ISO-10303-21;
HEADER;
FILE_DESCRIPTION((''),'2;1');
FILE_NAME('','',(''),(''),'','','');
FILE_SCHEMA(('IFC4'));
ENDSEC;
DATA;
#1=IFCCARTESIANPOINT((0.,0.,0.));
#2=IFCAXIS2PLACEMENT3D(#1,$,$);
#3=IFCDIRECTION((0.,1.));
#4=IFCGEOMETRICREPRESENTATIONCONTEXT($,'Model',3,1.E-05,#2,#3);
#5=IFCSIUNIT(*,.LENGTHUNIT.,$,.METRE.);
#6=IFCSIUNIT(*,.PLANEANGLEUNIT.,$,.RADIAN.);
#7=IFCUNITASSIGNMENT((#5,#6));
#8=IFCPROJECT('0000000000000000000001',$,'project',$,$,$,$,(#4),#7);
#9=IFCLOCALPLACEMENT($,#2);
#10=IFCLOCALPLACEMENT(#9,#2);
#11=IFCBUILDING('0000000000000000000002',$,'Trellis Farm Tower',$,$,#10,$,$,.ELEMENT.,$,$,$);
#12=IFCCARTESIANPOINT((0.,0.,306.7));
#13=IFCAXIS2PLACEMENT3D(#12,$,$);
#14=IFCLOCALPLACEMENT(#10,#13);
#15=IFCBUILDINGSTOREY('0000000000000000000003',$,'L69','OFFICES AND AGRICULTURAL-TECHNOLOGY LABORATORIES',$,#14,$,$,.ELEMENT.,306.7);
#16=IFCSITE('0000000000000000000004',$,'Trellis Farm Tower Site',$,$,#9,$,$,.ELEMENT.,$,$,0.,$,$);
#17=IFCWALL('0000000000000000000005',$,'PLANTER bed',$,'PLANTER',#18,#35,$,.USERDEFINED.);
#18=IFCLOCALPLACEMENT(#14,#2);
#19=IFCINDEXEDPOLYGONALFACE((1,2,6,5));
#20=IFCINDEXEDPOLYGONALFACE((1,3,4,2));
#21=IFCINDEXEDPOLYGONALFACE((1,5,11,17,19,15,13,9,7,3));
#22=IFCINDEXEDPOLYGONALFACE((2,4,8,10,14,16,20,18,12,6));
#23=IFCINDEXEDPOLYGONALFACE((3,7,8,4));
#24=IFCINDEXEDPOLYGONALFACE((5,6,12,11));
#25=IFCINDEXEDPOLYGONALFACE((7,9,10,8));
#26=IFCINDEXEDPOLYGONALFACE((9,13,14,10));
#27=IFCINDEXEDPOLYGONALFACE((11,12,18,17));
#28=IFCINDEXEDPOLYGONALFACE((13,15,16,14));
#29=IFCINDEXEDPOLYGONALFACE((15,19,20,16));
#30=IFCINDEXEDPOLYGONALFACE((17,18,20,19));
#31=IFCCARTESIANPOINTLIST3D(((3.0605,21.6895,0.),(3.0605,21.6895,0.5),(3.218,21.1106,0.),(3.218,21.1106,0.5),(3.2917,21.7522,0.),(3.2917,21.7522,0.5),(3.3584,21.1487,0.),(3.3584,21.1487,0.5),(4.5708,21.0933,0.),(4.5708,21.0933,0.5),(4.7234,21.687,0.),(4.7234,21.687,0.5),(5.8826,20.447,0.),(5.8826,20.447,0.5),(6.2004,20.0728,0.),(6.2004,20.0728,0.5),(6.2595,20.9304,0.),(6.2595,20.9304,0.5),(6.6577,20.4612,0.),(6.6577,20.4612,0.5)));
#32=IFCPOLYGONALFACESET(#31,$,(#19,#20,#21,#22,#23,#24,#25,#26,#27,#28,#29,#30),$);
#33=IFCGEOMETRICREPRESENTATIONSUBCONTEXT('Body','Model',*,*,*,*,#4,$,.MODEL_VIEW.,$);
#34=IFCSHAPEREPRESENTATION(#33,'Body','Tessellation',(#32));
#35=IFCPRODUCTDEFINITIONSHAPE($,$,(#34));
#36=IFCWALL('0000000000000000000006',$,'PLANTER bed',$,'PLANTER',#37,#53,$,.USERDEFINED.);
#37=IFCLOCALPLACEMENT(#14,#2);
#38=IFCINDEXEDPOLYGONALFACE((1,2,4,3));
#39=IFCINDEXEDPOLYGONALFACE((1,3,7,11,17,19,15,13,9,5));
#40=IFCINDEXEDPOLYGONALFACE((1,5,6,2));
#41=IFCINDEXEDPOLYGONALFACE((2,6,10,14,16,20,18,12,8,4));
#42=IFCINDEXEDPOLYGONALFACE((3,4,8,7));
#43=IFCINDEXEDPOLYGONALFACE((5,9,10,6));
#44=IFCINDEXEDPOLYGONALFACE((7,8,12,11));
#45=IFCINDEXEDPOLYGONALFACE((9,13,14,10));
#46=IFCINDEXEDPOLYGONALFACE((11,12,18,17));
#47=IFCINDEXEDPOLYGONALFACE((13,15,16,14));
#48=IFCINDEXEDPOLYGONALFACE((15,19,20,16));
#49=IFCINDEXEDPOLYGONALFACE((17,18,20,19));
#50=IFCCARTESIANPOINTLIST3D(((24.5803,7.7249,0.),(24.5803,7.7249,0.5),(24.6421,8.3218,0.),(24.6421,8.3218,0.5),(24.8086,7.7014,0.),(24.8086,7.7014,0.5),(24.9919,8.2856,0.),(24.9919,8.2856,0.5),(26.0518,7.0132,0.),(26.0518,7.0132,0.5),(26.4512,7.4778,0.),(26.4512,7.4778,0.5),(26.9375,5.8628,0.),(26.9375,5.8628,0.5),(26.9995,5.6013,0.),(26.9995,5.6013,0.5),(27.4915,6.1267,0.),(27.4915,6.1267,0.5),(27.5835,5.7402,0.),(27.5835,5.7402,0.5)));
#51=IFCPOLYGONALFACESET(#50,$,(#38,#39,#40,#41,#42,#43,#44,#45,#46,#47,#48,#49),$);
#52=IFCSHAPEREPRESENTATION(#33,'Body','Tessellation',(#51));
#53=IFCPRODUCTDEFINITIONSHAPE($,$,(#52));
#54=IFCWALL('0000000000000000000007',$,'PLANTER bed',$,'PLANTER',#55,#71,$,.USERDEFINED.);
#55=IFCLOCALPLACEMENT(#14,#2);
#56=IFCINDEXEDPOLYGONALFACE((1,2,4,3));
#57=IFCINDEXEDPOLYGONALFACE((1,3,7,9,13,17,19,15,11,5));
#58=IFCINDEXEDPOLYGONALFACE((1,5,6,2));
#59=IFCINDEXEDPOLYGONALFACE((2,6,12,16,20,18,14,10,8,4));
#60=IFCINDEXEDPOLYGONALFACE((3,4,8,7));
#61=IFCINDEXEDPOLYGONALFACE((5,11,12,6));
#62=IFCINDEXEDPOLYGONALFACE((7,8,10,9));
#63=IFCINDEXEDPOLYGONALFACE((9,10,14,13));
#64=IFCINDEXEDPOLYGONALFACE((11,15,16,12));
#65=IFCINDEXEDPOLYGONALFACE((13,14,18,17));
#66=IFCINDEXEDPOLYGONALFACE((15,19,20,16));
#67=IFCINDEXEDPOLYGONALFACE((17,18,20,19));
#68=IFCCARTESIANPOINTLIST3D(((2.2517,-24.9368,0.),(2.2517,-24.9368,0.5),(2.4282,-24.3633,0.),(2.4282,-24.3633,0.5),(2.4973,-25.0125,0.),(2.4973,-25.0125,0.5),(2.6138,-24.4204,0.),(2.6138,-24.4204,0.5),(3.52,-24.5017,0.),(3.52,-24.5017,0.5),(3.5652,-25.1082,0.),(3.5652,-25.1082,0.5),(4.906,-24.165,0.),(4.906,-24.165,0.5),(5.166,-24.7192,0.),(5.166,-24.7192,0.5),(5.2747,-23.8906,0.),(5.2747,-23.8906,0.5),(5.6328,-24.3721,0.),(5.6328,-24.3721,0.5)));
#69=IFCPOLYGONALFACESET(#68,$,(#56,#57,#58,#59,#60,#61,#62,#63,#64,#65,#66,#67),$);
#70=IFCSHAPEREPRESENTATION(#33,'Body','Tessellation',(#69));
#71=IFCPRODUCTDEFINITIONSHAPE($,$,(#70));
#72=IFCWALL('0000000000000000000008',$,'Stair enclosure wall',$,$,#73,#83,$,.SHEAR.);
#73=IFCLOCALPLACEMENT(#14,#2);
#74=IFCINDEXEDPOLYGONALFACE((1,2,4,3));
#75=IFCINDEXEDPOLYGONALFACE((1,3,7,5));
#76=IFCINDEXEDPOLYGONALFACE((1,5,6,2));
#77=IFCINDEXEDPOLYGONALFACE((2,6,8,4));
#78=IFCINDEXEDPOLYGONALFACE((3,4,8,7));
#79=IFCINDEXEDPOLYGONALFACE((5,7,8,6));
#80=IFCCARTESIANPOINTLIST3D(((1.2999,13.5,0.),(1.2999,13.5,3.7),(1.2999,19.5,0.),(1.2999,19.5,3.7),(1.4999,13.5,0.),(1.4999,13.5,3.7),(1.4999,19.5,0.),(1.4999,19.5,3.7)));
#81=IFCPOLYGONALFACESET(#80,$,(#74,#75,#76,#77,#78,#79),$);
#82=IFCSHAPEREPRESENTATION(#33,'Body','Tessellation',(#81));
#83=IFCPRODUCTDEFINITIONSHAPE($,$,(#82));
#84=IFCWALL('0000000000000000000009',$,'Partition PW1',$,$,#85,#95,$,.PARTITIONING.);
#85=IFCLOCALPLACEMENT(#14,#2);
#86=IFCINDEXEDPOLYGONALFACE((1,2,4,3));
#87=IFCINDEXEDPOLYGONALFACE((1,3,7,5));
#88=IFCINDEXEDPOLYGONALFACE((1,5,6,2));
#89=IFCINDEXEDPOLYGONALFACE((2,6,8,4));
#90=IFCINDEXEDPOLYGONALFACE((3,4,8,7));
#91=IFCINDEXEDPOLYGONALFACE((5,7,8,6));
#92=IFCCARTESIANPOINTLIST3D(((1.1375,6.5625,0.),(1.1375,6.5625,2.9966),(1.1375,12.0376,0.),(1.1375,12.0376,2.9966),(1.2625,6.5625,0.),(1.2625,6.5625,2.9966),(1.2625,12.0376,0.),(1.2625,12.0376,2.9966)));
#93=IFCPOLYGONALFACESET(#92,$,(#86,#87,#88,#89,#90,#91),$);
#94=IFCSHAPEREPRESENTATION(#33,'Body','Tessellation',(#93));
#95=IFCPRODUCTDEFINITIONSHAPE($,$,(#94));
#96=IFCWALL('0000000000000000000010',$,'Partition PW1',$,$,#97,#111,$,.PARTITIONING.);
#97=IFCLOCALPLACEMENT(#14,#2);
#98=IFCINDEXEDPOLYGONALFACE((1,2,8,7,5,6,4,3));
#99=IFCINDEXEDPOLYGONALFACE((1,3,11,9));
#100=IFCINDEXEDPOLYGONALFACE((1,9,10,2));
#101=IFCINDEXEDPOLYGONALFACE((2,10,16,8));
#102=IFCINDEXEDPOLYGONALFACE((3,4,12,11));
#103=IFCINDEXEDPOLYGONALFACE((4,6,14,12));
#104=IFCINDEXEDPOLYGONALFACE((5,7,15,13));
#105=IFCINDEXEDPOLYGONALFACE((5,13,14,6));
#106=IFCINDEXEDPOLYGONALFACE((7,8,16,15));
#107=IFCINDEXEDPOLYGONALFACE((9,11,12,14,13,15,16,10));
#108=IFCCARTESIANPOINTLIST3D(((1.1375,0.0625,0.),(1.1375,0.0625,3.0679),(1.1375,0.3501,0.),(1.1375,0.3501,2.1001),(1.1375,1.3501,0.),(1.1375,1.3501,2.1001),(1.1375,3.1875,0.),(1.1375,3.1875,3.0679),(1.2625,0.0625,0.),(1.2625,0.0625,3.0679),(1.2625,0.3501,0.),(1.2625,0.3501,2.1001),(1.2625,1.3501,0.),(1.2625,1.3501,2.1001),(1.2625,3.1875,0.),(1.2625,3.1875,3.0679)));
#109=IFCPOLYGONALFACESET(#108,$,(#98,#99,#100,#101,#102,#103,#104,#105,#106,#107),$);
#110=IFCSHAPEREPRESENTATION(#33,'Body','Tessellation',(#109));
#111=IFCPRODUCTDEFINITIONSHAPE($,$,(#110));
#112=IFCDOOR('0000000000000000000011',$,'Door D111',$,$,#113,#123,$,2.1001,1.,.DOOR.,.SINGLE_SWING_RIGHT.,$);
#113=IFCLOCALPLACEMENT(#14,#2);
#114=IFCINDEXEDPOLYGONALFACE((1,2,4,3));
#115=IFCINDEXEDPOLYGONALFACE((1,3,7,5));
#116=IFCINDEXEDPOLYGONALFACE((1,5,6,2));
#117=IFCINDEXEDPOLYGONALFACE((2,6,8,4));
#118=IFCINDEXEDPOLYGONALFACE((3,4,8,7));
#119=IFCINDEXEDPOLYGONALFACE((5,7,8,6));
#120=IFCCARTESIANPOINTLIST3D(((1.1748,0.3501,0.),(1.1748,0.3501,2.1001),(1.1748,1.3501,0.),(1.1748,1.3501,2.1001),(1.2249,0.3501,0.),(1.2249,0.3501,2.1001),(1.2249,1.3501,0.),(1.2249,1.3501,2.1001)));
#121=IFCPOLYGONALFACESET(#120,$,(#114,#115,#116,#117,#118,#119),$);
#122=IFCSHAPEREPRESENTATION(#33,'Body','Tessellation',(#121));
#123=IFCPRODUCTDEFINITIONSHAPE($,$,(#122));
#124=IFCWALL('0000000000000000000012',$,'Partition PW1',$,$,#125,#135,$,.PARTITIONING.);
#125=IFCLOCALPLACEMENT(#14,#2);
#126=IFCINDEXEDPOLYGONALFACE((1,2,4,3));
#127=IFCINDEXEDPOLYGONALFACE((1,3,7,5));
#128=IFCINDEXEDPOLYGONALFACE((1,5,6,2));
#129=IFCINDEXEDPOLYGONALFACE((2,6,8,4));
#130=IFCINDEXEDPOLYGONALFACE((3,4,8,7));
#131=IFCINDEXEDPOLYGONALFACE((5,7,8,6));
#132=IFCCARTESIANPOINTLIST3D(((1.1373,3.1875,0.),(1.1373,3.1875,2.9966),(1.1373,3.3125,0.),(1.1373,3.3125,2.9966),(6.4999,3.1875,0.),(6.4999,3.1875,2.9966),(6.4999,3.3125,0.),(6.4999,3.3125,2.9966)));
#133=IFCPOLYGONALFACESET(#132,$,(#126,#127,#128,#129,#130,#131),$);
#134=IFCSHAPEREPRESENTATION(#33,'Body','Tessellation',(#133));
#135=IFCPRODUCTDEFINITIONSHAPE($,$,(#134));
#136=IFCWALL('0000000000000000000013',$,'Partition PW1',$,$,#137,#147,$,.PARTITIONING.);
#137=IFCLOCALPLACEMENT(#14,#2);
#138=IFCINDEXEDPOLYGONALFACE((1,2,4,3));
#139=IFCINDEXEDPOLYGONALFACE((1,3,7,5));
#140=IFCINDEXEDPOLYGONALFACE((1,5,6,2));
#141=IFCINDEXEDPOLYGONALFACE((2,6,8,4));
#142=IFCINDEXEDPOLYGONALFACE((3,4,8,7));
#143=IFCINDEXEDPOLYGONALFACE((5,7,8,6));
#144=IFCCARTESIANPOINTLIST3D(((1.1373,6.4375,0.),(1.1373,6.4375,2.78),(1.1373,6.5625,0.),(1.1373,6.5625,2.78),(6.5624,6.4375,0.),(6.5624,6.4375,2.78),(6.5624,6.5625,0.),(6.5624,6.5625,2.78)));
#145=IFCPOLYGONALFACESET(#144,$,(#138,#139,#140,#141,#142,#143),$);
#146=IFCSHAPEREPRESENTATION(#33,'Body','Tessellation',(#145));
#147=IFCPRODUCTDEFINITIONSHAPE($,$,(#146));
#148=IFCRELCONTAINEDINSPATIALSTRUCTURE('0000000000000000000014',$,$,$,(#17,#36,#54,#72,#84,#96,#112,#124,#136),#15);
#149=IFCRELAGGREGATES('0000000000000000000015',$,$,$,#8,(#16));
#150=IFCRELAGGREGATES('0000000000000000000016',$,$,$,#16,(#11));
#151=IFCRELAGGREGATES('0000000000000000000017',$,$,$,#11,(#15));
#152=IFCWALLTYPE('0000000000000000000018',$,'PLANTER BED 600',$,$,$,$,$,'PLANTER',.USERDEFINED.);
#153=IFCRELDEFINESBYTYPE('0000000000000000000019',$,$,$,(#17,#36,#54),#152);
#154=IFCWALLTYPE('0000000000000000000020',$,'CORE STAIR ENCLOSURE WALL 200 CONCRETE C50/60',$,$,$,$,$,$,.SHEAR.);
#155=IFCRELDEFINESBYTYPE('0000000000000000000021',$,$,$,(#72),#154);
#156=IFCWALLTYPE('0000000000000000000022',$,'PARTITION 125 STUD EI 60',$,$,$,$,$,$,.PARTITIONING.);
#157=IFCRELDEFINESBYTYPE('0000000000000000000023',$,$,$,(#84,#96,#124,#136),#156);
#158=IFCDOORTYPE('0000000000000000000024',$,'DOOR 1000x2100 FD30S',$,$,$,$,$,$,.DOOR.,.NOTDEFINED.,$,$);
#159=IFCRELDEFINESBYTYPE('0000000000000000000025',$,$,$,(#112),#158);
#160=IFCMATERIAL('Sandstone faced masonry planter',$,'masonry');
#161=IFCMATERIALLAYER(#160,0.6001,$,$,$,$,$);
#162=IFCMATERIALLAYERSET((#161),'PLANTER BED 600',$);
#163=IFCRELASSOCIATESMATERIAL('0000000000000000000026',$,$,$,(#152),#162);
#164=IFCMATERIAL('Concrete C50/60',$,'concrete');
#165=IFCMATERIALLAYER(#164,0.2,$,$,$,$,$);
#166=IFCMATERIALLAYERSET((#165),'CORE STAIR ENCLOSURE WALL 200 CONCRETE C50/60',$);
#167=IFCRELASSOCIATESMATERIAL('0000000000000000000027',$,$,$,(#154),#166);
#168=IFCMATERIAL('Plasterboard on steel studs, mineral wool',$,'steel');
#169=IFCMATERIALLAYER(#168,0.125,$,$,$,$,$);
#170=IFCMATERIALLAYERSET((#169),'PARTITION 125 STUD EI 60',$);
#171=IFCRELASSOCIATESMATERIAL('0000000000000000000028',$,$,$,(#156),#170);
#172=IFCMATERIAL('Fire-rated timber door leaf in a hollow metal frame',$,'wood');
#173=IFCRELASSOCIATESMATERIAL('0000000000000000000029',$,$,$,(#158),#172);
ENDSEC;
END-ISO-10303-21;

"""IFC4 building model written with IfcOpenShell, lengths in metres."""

from ifc_helpers import new_model, si_unit, direction, frame, frame_2d, origin, place, context, subcontext, project, spatial, polyline, rectangle, outline, extrude, source, transform, mapped, material, layer, layer_set, type_object, element, fill, save


model = new_model("IFC4")

# Units and contexts
model_context = context("Model", 3, precision=1e-05, world=origin(), true_north=direction((0.0, 1.0)))
body_context = subcontext(model_context, "Body", "Model", "MODEL_VIEW")
ifc_project = project(units=[si_unit("LENGTHUNIT", "METRE"), si_unit("PLANEANGLEUNIT", "RADIAN")], contexts=[model_context])

# Site, building, storey
site_placement = place(None, origin())
site = spatial("IfcSite", under=ifc_project, at=site_placement, Name="Trellis Farm Tower Site", CompositionType="ELEMENT", RefElevation=0.0)
building_placement = place(site_placement, origin())
building = spatial("IfcBuilding", under=site, at=building_placement, Name="Trellis Farm Tower", CompositionType="ELEMENT")
storey_placement = place(building_placement, frame((0.0, 0.0, 306.7)))
storey = spatial("IfcBuildingStorey", under=building, at=storey_placement, Name="L69", Description="OFFICES AND AGRICULTURAL-TECHNOLOGY LABORATORIES", CompositionType="ELEMENT", Elevation=306.7)

# Shared definitions
placement_1 = place(storey_placement, origin())

# Walls
ifc_material_1 = material(Name="Sandstone faced masonry planter", Category="masonry")
ifc_layer_1 = layer(ifc_material_1, 0.6001)
ifc_layer_set_1 = layer_set([ifc_layer_1], Name="PLANTER BED 600")
wall_type_1 = type_object("IfcWallType", Name="PLANTER BED 600", ElementType="PLANTER", PredefinedType="USERDEFINED", material=ifc_layer_set_1)
element("IfcWall", 1, at=placement_1, inside=storey, type_object=wall_type_1, Name="PLANTER bed", ObjectType="PLANTER", PredefinedType="USERDEFINED", context=body_context, shape_type="SweptSolid", body=[
    extrude(outline(polyline([(3.2917, 21.7522), (4.7234, 21.687), (6.2595, 20.9304), (6.6577, 20.4612), (6.2004, 20.0728), (5.8826, 20.447), (4.5708, 21.0933), (3.3584, 21.1487), (3.218, 21.1106), (3.0605, 21.6895), (3.2917, 21.7522)])), origin(), (0.0, 0.0, 1.0), 0.5),
])
element("IfcWall", 2, at=placement_1, inside=storey, type_object=wall_type_1, Name="PLANTER bed", ObjectType="PLANTER", PredefinedType="USERDEFINED", context=body_context, shape_type="SweptSolid", body=[
    extrude(outline(polyline([(26.4512, 7.4778), (27.4915, 6.1267), (27.5835, 5.7402), (26.9995, 5.6013), (26.9375, 5.8628), (26.0518, 7.0132), (24.8086, 7.7014), (24.5803, 7.7249), (24.6421, 8.3218), (24.9919, 8.2856), (26.4512, 7.4778)])), origin(), (0.0, 0.0, 1.0), 0.5),
])
element("IfcWall", 3, at=placement_1, inside=storey, type_object=wall_type_1, Name="PLANTER bed", ObjectType="PLANTER", PredefinedType="USERDEFINED", context=body_context, shape_type="SweptSolid", body=[
    extrude(outline(polyline([(3.5652, -25.1082), (2.4973, -25.0125), (2.2517, -24.9368), (2.4282, -24.3633), (2.6138, -24.4204), (3.52, -24.5017), (4.906, -24.165), (5.2747, -23.8906), (5.6328, -24.3721), (5.166, -24.7192), (3.5652, -25.1082)])), origin(), (0.0, 0.0, 1.0), 0.5),
])
ifc_material_2 = material(Name="Concrete C50/60", Category="concrete")
ifc_layer_2 = layer(ifc_material_2, 0.2)
ifc_layer_set_2 = layer_set([ifc_layer_2], Name="CORE STAIR ENCLOSURE WALL 200 CONCRETE C50/60")
wall_type_2 = type_object("IfcWallType", Name="CORE STAIR ENCLOSURE WALL 200 CONCRETE C50/60", PredefinedType="SHEAR", material=ifc_layer_set_2)
shared_shape_1 = source(origin(), body_context, "Body", "SweptSolid", [
    extrude(rectangle(XDim=6.0, YDim=0.2, at=frame_2d((3.0, 0.0))), origin(), (0.0, 0.0, 1.0), 3.7),
])
wall_1_placement = place(storey_placement, frame((1.3999, 13.5, 0.0), z_axis=(0.0, 0.0, 1.0), x_axis=(0.0, 1.0, 0.0)))
element("IfcWall", 4, at=wall_1_placement, inside=storey, type_object=wall_type_2, Name="Stair enclosure wall", PredefinedType="SHEAR", context=body_context, shape_type="MappedRepresentation", body=[
    mapped(shared_shape_1, transform((0.0, 0.0, 0.0))),
])
ifc_material_3 = material(Name="Plasterboard on steel studs, mineral wool", Category="steel")
ifc_layer_3 = layer(ifc_material_3, 0.125)
ifc_layer_set_3 = layer_set([ifc_layer_3], Name="PARTITION 125 STUD EI 60")
wall_type_3 = type_object("IfcWallType", Name="PARTITION 125 STUD EI 60", PredefinedType="PARTITIONING", material=ifc_layer_set_3)
shared_shape_2 = source(origin(), body_context, "Body", "SweptSolid", [
    extrude(rectangle(XDim=5.4751, YDim=0.125, at=frame_2d((2.7375, 0.0))), origin(), (0.0, 0.0, 1.0), 2.9966),
])
wall_2_placement = place(storey_placement, frame((1.2, 12.0376, 0.0), z_axis=(0.0, 0.0, 1.0), x_axis=(0.0, -1.0, 0.0)))
element("IfcWall", 5, at=wall_2_placement, inside=storey, type_object=wall_type_3, Name="Partition PW1", PredefinedType="PARTITIONING", context=body_context, shape_type="MappedRepresentation", body=[
    mapped(shared_shape_2, transform((0.0, 0.0, 0.0))),
])

# Wall, opening, door
shared_shape_3 = source(origin(), body_context, "Body", "SweptSolid", [
    extrude(rectangle(XDim=3.125, YDim=0.125, at=frame_2d((1.5625, 0.0))), origin(), (0.0, 0.0, 1.0), 3.0679),
])
wall_3_placement = place(storey_placement, frame((1.2, 3.1875, 0.0), z_axis=(0.0, 0.0, 1.0), x_axis=(0.0, -1.0, 0.0)))
wall_3 = element("IfcWall", 6, at=wall_3_placement, inside=storey, type_object=wall_type_3, Name="Partition PW1", PredefinedType="PARTITIONING", context=body_context, shape_type="MappedRepresentation", body=[
    mapped(shared_shape_3, transform((0.0, 0.0, 0.0))),
])
shared_shape_4 = source(origin(), body_context, "Body", "SweptSolid", [
    extrude(rectangle(XDim=1.0, YDim=2.1001, at=frame_2d((0.5, 1.05))), frame((0.0, 0.0725, 0.0), z_axis=(0.0, -1.0, 0.0), x_axis=(1.0, 0.0, 0.0)), (0.0, 0.0, 1.0), 0.145),
])
opening_placement = place(wall_3_placement, frame((1.8374, 0.0, 0.0)))
opening = element("IfcOpeningElement", 7, at=opening_placement, cuts=wall_3, PredefinedType="OPENING", context=body_context, shape_type="MappedRepresentation", body=[
    mapped(shared_shape_4, transform((0.0, 0.0, 0.0))),
])
ifc_material_4 = material(Name="Fire-rated timber door leaf in a hollow metal frame", Category="wood")
door_type = type_object("IfcDoorType", Name="DOOR 1000x2100 FD30S", OperationType="NOTDEFINED", PredefinedType="DOOR", material=ifc_material_4)
shared_shape_5 = source(origin(), body_context, "Body", "SweptSolid", [
    extrude(rectangle(XDim=1.0, YDim=2.1001, at=frame_2d((0.5, 1.05))), frame((0.0, 0.0249, 0.0), z_axis=(0.0, -1.0, 0.0), x_axis=(1.0, 0.0, 0.0)), (0.0, 0.0, 1.0), 0.05),
])
door_placement = place(opening_placement, origin())
door = element("IfcDoor", 8, at=door_placement, inside=storey, type_object=door_type, Name="Door D111", OperationType="SINGLE_SWING_RIGHT", OverallHeight=2.1001, OverallWidth=1.0, PredefinedType="DOOR", context=body_context, shape_type="MappedRepresentation", body=[
    mapped(shared_shape_5, transform((0.0, 0.0, 0.0))),
])
fill(opening, door)

# Walls
shared_shape_6 = source(origin(), body_context, "Body", "SweptSolid", [
    extrude(rectangle(XDim=5.3625, YDim=0.125, at=frame_2d((2.6812, 0.0))), origin(), (0.0, 0.0, 1.0), 2.9966),
])
wall_4_placement = place(storey_placement, frame((1.1375, 3.25, 0.0), z_axis=(0.0, 0.0, 1.0), x_axis=(1.0, 0.0, 0.0)))
element("IfcWall", 9, at=wall_4_placement, inside=storey, type_object=wall_type_3, Name="Partition PW1", PredefinedType="PARTITIONING", context=body_context, shape_type="MappedRepresentation", body=[
    mapped(shared_shape_6, transform((0.0, 0.0, 0.0))),
])
shared_shape_7 = source(origin(), body_context, "Body", "SweptSolid", [
    extrude(rectangle(XDim=5.425, YDim=0.125, at=frame_2d((2.7124, 0.0))), origin(), (0.0, 0.0, 1.0), 2.78),
])
wall_5_placement = place(storey_placement, frame((1.1375, 6.5, 0.0), z_axis=(0.0, 0.0, 1.0), x_axis=(1.0, 0.0, 0.0)))
element("IfcWall", 10, at=wall_5_placement, inside=storey, type_object=wall_type_3, Name="Partition PW1", PredefinedType="PARTITIONING", context=body_context, shape_type="MappedRepresentation", body=[
    mapped(shared_shape_7, transform((0.0, 0.0, 0.0))),
])

save(model, "model.ifc")
